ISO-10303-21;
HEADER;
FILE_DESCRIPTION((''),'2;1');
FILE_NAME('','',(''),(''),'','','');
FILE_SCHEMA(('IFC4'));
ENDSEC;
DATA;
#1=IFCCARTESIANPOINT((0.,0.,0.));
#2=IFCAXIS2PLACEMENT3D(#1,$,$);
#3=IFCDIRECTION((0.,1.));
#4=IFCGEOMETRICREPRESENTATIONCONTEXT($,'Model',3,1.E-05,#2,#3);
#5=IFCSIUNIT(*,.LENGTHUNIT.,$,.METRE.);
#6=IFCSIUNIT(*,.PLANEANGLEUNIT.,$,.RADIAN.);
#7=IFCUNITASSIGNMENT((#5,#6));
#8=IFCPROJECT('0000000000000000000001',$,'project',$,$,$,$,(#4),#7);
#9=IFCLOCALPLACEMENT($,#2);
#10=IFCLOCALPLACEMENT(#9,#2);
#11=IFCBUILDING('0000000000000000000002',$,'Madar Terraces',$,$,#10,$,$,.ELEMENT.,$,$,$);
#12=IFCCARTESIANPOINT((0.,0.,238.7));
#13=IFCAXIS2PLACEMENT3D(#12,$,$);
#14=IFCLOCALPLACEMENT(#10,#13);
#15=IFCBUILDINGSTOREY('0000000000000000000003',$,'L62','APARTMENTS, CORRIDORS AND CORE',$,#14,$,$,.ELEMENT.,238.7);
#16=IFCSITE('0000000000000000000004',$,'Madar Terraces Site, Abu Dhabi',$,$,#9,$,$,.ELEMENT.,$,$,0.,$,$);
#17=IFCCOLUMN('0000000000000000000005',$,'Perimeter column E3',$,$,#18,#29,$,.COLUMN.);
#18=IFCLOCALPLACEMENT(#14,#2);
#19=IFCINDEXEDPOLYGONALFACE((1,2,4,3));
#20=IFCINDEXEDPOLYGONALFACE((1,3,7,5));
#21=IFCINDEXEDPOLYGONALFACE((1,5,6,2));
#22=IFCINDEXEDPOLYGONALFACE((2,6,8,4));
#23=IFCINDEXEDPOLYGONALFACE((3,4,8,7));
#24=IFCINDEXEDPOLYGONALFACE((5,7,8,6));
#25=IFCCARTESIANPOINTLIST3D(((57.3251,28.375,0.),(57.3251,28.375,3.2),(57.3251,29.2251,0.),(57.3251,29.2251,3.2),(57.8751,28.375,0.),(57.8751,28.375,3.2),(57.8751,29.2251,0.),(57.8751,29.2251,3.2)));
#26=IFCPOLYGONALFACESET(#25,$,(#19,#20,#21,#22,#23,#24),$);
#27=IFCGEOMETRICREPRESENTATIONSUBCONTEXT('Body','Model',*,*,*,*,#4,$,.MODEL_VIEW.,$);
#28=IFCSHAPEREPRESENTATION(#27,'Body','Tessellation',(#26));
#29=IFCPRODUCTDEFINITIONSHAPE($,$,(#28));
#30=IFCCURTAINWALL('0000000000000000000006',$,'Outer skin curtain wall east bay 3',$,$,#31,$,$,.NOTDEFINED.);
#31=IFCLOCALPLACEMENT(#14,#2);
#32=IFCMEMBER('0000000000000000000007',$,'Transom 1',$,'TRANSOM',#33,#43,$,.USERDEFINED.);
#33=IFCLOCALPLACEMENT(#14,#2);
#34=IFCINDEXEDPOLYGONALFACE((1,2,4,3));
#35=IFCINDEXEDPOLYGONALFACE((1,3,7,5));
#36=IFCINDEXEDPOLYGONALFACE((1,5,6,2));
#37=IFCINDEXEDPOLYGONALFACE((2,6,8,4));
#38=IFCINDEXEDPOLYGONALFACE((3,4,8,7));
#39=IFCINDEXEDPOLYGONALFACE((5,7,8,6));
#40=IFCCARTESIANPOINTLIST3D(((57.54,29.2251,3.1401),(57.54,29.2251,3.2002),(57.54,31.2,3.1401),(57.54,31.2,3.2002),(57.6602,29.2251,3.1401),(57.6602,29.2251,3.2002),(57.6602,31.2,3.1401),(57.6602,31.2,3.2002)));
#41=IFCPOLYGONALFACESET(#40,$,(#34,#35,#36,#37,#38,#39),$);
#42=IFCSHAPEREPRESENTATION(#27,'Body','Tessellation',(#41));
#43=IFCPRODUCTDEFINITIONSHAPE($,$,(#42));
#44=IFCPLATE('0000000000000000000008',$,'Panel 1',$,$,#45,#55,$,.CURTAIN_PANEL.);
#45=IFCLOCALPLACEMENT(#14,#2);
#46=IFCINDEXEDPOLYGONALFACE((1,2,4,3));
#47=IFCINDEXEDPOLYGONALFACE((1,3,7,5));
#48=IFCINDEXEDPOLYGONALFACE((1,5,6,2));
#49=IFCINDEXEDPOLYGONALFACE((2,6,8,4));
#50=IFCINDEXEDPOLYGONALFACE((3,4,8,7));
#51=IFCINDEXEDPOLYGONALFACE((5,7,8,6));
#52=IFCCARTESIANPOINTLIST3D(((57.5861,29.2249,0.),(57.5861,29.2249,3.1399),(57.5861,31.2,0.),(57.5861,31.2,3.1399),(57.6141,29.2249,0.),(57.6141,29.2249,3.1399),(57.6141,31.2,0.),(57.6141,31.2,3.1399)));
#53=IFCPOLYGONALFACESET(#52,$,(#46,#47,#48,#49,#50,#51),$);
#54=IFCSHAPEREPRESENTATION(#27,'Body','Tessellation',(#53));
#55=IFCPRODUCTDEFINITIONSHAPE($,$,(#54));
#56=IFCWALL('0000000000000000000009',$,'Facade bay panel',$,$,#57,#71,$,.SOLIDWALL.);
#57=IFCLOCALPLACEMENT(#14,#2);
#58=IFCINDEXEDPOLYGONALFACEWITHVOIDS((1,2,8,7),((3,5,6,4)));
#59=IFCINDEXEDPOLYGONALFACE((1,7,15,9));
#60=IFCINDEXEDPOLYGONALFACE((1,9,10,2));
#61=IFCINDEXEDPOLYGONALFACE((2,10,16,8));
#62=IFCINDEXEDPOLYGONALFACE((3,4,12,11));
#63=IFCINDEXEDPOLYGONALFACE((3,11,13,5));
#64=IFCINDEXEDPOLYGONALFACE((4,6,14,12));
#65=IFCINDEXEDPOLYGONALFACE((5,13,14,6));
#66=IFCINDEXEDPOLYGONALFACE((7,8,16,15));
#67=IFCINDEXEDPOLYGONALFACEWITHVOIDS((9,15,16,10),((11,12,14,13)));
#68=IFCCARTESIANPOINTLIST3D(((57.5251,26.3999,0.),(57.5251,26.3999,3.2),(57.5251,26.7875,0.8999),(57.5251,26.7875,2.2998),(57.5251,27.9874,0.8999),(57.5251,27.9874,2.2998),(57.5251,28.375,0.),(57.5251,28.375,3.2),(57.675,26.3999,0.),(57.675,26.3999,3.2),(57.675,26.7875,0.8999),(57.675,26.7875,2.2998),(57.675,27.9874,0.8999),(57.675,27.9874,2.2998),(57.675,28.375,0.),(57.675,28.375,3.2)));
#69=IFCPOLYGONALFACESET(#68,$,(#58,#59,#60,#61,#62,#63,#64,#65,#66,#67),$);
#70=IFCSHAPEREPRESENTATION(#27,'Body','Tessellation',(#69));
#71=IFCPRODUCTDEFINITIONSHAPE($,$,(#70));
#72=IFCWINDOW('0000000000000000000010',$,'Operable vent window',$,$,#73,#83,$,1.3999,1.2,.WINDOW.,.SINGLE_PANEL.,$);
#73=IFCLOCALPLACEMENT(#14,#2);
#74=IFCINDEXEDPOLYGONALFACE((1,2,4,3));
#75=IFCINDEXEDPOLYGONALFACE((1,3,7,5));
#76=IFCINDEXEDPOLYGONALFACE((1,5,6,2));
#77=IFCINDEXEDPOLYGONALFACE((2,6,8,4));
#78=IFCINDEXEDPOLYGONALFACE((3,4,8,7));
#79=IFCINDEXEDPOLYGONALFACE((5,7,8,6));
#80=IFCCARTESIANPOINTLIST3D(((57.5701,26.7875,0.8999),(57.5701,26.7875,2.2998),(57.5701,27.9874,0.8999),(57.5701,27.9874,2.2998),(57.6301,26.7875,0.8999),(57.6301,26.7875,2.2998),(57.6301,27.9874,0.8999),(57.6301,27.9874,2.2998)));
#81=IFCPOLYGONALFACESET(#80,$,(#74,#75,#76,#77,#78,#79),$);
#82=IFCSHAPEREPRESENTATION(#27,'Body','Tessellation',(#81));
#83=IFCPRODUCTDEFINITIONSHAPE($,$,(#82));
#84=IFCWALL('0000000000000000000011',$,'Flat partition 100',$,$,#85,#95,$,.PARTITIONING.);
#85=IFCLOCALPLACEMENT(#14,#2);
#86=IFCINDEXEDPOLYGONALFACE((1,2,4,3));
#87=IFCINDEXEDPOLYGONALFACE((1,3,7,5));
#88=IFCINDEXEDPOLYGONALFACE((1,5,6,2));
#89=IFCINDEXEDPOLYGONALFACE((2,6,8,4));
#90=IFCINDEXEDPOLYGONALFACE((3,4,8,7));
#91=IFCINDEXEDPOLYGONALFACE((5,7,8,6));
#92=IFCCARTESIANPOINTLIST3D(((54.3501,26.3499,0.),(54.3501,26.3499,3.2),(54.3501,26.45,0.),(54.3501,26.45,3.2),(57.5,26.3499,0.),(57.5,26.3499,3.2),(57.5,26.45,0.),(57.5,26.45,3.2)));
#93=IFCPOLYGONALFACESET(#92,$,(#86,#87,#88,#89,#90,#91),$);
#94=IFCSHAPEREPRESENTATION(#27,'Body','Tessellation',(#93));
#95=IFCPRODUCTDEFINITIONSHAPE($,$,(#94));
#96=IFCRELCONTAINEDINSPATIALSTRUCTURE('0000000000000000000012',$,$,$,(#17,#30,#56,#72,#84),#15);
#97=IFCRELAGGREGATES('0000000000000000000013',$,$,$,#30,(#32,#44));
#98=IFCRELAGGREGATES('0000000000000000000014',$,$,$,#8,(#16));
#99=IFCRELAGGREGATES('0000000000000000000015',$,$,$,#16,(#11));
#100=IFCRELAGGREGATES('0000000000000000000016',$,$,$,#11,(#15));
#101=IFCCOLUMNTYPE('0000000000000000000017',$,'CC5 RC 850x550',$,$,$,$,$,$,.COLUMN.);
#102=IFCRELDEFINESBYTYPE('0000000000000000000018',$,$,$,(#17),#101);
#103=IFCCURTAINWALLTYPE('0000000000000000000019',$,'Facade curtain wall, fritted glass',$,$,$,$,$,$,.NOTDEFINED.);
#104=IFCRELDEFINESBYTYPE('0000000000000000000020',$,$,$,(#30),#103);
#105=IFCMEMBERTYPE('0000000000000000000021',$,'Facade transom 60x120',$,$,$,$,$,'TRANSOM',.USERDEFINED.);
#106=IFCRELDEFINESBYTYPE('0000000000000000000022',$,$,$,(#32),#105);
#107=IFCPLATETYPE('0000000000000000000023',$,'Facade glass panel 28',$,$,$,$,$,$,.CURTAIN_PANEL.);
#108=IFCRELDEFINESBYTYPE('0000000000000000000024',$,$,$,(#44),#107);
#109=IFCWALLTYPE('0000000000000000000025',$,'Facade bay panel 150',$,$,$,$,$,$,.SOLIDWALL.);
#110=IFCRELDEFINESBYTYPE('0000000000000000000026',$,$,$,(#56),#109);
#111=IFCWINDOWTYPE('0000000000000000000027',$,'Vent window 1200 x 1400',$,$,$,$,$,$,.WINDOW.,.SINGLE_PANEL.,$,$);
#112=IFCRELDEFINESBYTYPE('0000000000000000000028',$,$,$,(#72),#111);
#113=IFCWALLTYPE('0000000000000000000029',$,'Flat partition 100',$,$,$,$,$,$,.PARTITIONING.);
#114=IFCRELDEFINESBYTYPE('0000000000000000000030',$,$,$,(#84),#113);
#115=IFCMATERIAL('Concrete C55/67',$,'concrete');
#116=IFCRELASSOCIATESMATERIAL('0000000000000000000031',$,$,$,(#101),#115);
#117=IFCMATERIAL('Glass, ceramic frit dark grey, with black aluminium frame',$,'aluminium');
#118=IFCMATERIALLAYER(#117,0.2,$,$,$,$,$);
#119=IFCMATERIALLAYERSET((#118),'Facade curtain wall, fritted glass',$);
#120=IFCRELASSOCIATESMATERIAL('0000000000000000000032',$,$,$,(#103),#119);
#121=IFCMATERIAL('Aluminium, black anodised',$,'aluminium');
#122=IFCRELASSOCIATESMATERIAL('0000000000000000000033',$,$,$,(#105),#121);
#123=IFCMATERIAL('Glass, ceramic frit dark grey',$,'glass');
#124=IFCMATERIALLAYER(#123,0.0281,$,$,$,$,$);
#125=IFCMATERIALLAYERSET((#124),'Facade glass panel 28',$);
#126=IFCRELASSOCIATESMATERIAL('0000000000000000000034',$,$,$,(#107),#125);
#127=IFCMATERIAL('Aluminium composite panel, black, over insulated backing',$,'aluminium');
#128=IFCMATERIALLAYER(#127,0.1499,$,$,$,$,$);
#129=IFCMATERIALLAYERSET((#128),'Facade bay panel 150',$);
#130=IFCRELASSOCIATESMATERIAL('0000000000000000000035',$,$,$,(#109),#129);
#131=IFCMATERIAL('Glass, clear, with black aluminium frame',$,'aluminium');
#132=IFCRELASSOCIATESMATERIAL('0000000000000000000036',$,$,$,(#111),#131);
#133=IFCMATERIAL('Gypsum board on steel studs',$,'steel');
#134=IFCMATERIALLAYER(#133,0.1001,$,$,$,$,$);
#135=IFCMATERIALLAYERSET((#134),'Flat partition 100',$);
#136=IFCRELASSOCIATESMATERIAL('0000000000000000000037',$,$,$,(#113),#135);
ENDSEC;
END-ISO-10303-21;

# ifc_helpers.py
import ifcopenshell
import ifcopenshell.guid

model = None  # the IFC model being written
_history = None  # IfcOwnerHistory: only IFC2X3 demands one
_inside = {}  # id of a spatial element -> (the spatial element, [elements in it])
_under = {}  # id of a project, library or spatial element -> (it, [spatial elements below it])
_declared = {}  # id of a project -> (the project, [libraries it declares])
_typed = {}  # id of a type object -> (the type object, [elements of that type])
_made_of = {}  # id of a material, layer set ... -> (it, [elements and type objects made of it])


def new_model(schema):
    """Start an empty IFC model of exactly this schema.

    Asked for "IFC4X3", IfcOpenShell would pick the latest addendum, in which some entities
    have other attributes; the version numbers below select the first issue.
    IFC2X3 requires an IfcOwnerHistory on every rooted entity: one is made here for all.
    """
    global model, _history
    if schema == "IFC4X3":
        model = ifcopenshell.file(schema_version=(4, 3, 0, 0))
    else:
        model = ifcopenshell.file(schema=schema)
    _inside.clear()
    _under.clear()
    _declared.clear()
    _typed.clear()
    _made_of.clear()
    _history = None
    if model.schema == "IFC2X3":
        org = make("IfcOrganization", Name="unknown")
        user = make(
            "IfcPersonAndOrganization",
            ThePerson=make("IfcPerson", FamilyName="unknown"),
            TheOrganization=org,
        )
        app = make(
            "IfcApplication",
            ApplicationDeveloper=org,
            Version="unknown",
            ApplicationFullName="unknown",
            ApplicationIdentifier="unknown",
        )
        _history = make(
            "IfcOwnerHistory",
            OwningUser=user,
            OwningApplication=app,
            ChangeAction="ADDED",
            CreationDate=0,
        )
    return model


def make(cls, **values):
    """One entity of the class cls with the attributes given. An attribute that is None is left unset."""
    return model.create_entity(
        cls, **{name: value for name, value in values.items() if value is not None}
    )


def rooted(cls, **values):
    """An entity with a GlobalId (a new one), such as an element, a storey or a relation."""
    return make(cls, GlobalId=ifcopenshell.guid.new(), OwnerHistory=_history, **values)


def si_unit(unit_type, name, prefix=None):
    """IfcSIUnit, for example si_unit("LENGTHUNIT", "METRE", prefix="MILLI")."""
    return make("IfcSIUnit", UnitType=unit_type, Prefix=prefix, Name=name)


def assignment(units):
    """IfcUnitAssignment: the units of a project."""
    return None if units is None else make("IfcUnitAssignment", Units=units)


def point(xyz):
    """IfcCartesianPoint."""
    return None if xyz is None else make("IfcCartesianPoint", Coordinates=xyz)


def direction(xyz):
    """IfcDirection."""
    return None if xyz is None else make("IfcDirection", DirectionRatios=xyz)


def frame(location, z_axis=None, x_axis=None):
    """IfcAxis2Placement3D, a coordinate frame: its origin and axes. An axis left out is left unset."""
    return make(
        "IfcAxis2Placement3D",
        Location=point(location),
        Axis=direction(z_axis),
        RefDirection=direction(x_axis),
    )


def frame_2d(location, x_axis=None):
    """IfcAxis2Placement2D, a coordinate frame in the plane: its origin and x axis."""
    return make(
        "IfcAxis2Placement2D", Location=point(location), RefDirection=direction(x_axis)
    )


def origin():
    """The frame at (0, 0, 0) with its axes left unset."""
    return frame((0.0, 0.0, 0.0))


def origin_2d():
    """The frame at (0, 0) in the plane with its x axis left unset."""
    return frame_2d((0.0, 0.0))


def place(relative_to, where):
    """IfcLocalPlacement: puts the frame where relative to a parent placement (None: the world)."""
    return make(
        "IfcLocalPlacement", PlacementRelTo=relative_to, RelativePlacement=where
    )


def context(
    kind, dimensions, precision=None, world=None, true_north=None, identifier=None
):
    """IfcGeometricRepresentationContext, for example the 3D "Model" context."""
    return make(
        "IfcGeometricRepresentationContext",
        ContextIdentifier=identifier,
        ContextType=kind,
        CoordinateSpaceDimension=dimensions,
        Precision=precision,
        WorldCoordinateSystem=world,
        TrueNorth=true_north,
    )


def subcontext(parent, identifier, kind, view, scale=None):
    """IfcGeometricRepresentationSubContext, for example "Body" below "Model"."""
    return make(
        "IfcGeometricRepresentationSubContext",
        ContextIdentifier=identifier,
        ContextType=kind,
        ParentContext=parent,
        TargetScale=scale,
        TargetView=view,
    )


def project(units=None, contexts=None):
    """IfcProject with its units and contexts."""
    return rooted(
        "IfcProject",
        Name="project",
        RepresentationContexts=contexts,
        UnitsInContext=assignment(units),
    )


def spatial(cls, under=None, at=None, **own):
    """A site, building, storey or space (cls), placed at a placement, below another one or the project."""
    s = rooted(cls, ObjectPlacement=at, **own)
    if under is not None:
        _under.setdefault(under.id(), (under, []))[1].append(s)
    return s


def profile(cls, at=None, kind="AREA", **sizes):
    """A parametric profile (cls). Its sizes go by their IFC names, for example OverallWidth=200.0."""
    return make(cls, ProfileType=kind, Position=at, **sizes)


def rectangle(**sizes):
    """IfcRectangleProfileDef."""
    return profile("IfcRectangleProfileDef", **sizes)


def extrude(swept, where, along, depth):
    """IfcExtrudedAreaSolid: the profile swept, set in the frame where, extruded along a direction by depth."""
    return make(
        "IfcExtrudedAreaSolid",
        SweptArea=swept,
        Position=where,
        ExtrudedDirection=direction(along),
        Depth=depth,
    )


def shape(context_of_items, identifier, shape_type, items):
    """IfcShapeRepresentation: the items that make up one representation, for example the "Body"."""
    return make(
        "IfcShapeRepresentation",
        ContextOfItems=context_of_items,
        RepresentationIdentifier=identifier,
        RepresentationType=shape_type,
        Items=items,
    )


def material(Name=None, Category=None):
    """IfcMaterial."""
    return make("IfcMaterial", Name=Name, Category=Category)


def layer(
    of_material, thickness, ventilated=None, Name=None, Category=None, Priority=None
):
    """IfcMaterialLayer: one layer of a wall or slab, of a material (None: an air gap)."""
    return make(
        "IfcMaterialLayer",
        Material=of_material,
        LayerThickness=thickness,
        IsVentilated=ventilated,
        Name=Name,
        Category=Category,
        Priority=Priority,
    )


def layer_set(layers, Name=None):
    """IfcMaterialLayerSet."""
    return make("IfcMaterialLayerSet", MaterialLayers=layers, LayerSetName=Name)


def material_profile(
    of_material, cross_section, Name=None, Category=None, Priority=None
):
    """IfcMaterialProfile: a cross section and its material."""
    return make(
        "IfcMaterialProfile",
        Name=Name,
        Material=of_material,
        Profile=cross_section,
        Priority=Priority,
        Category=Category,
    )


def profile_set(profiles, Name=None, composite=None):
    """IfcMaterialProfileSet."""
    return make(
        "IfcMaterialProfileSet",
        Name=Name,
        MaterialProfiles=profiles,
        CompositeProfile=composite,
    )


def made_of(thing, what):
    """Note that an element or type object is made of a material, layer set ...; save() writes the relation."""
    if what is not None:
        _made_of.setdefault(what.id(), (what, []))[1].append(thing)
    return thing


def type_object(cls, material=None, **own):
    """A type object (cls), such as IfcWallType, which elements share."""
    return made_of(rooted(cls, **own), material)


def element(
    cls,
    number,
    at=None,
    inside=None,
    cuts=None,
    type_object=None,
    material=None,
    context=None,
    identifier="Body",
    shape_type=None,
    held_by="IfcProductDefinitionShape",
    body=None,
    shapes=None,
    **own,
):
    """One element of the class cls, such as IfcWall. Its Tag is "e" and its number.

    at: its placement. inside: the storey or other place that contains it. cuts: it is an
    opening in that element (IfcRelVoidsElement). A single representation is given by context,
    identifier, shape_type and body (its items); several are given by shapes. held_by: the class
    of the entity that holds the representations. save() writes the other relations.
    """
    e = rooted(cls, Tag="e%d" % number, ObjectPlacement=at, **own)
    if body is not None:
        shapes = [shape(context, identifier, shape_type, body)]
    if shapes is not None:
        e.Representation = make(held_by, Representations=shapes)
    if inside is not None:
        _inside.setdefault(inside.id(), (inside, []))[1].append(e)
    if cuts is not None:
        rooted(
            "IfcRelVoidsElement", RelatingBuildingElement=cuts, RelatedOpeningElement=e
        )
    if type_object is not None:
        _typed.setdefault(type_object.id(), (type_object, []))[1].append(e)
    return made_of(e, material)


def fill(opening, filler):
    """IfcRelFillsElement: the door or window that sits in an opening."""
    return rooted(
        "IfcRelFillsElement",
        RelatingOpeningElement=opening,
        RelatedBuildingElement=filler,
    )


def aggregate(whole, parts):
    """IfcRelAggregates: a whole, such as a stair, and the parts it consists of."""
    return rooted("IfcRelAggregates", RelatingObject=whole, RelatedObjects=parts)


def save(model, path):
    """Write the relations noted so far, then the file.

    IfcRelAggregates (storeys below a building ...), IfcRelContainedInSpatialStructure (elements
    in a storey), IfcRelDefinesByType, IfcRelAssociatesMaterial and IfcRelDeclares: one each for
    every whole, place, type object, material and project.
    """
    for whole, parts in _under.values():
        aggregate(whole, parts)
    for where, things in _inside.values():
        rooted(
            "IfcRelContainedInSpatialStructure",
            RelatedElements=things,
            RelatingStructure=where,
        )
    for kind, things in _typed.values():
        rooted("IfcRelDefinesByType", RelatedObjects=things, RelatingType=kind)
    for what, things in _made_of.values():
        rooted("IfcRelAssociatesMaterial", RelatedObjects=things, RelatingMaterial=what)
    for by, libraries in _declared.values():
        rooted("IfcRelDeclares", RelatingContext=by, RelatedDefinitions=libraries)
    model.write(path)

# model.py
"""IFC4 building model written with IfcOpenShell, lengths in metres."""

from ifc_helpers import new_model, si_unit, direction, frame, frame_2d, origin, origin_2d, place, context, subcontext, project, spatial, rectangle, extrude, material, layer, layer_set, material_profile, profile_set, type_object, element, fill, aggregate, save


model = new_model("IFC4")

# Units and contexts
model_context = context("Model", 3, precision=1e-05, world=origin(), true_north=direction((0.0, 1.0)))
body_context = subcontext(model_context, "Body", "Model", "MODEL_VIEW")
ifc_project = project(units=[si_unit("LENGTHUNIT", "METRE"), si_unit("PLANEANGLEUNIT", "RADIAN")], contexts=[model_context])

# Site, building, storey
site_placement = place(None, origin())
site = spatial("IfcSite", under=ifc_project, at=site_placement, Name="Madar Terraces Site, Abu Dhabi", CompositionType="ELEMENT", RefElevation=0.0)
building_placement = place(site_placement, origin())
building = spatial("IfcBuilding", under=site, at=building_placement, Name="Madar Terraces", CompositionType="ELEMENT")
storey_placement = place(building_placement, frame((0.0, 0.0, 238.7)))
storey = spatial("IfcBuildingStorey", under=building, at=storey_placement, Name="L62", Description="APARTMENTS, CORRIDORS AND CORE", CompositionType="ELEMENT", Elevation=238.7)

# Column
ifc_material_1 = material(Name="Concrete C55/67", Category="concrete")
ifc_material_profile_1 = material_profile(ifc_material_1, rectangle(XDim=0.8501, YDim=0.55, at=origin_2d()), Name="CC5 RC 850x550")
ifc_profile_set_1 = profile_set([ifc_material_profile_1], Name="Concrete C55/67")
column_type = type_object("IfcColumnType", Name="CC5 RC 850x550", PredefinedType="COLUMN", material=ifc_profile_set_1)
column_placement = place(storey_placement, frame((57.6001, 28.8, 0.0), z_axis=(0.0, 0.0, 1.0), x_axis=(0.0, 1.0, 0.0)))
element("IfcColumn", 1, at=column_placement, inside=storey, type_object=column_type, Name="Perimeter column E3", PredefinedType="COLUMN", context=body_context, shape_type="SweptSolid", body=[
    extrude(rectangle(XDim=0.8501, YDim=0.55, at=origin_2d()), origin(), (0.0, 0.0, 1.0), 3.2),
])

# Curtain wall, member, plate
ifc_material_2 = material(Name="Glass, ceramic frit dark grey, with black aluminium frame", Category="aluminium")
ifc_layer_1 = layer(ifc_material_2, 0.2)
ifc_layer_set_1 = layer_set([ifc_layer_1], Name="Facade curtain wall, fritted glass")
curtain_wall_type = type_object("IfcCurtainWallType", Name="Facade curtain wall, fritted glass", PredefinedType="NOTDEFINED", material=ifc_layer_set_1)
curtain_wall_placement = place(storey_placement, origin())
curtain_wall = element("IfcCurtainWall", 2, at=curtain_wall_placement, inside=storey, type_object=curtain_wall_type, Name="Outer skin curtain wall east bay 3", PredefinedType="NOTDEFINED")
ifc_material_3 = material(Name="Aluminium, black anodised", Category="aluminium")
ifc_material_profile_2 = material_profile(ifc_material_3, rectangle(XDim=0.1201, YDim=0.0601, at=origin_2d()), Name="Facade transom 60x120")
ifc_profile_set_2 = profile_set([ifc_material_profile_2], Name="Aluminium, black anodised")
member_type = type_object("IfcMemberType", Name="Facade transom 60x120", ElementType="TRANSOM", PredefinedType="USERDEFINED", material=ifc_profile_set_2)
member_placement = place(storey_placement, frame((57.6001, 29.2251, 3.1702), z_axis=(0.0, 1.0, 0.0), x_axis=(-1.0, 0.0, 0.0)))
member = element("IfcMember", 3, at=member_placement, type_object=member_type, Name="Transom 1", ObjectType="TRANSOM", PredefinedType="USERDEFINED", context=body_context, shape_type="SweptSolid", body=[
    extrude(rectangle(XDim=0.1201, YDim=0.0601, at=origin_2d()), origin(), (0.0, 0.0, 1.0), 1.9749),
])
ifc_material_4 = material(Name="Glass, ceramic frit dark grey", Category="glass")
ifc_layer_2 = layer(ifc_material_4, 0.0281)
ifc_layer_set_2 = layer_set([ifc_layer_2], Name="Facade glass panel 28")
plate_type = type_object("IfcPlateType", Name="Facade glass panel 28", PredefinedType="CURTAIN_PANEL", material=ifc_layer_set_2)
plate_placement = place(storey_placement, frame((57.6001, 30.2124, 0.0), z_axis=(0.0, 0.0, 1.0), x_axis=(0.0, 1.0, 0.0)))
plate = element("IfcPlate", 4, at=plate_placement, type_object=plate_type, Name="Panel 1", PredefinedType="CURTAIN_PANEL", context=body_context, shape_type="SweptSolid", body=[
    extrude(rectangle(XDim=1.9751, YDim=0.0281, at=origin_2d()), origin(), (0.0, 0.0, 1.0), 3.1399),
])
aggregate(curtain_wall, [member, plate])

# Wall, opening, window
ifc_material_5 = material(Name="Aluminium composite panel, black, over insulated backing", Category="aluminium")
ifc_layer_3 = layer(ifc_material_5, 0.1499)
ifc_layer_set_3 = layer_set([ifc_layer_3], Name="Facade bay panel 150")
wall_type_1 = type_object("IfcWallType", Name="Facade bay panel 150", PredefinedType="SOLIDWALL", material=ifc_layer_set_3)
wall_1_placement = place(storey_placement, frame((57.6001, 26.3999, 0.0), z_axis=(0.0, 0.0, 1.0), x_axis=(0.0, 1.0, 0.0)))
wall_1 = element("IfcWall", 5, at=wall_1_placement, inside=storey, type_object=wall_type_1, Name="Facade bay panel", PredefinedType="SOLIDWALL", context=body_context, shape_type="SweptSolid", body=[
    extrude(rectangle(XDim=1.9751, YDim=0.1499, at=frame_2d((0.9875, 0.0))), origin(), (0.0, 0.0, 1.0), 3.2),
])
opening_1_placement = place(wall_1_placement, frame((0.3875, 0.0, 0.8999)))
opening_1 = element("IfcOpeningElement", 6, at=opening_1_placement, cuts=wall_1, PredefinedType="OPENING", context=body_context, shape_type="SweptSolid", body=[
    extrude(rectangle(XDim=1.2, YDim=1.3999, at=frame_2d((0.6001, 0.7))), frame((0.0, 0.085, 0.0), z_axis=(0.0, -1.0, 0.0), x_axis=(1.0, 0.0, 0.0)), (0.0, 0.0, 1.0), 0.1699),
])
ifc_material_6 = material(Name="Glass, clear, with black aluminium frame", Category="aluminium")
window_type = type_object("IfcWindowType", Name="Vent window 1200 x 1400", PartitioningType="SINGLE_PANEL", PredefinedType="WINDOW", material=ifc_material_6)
window_placement = place(opening_1_placement, origin())
window = element("IfcWindow", 7, at=window_placement, inside=storey, type_object=window_type, Name="Operable vent window", OverallHeight=1.3999, OverallWidth=1.2, PartitioningType="SINGLE_PANEL", PredefinedType="WINDOW", context=body_context, shape_type="SweptSolid", body=[
    extrude(rectangle(XDim=1.2, YDim=1.3999, at=frame_2d((0.6001, 0.7))), frame((0.0, 0.03, 0.0), z_axis=(0.0, -1.0, 0.0), x_axis=(1.0, 0.0, 0.0)), (0.0, 0.0, 1.0), 0.0601),
])
fill(opening_1, window)

# Wall
ifc_material_7 = material(Name="Gypsum board on steel studs", Category="steel")
ifc_layer_4 = layer(ifc_material_7, 0.1001)
ifc_layer_set_4 = layer_set([ifc_layer_4], Name="Flat partition 100")
wall_type_2 = type_object("IfcWallType", Name="Flat partition 100", PredefinedType="PARTITIONING", material=ifc_layer_set_4)
wall_2_placement = place(storey_placement, frame((54.3501, 26.3999, 0.0), z_axis=(0.0, 0.0, 1.0), x_axis=(1.0, 0.0, 0.0)))
element("IfcWall", 8, at=wall_2_placement, inside=storey, type_object=wall_type_2, Name="Flat partition 100", PredefinedType="PARTITIONING", context=body_context, shape_type="SweptSolid", body=[
    extrude(rectangle(XDim=3.1499, YDim=0.1001, at=frame_2d((1.575, 0.0))), origin(), (0.0, 0.0, 1.0), 3.2),
])

save(model, "model.ifc")
